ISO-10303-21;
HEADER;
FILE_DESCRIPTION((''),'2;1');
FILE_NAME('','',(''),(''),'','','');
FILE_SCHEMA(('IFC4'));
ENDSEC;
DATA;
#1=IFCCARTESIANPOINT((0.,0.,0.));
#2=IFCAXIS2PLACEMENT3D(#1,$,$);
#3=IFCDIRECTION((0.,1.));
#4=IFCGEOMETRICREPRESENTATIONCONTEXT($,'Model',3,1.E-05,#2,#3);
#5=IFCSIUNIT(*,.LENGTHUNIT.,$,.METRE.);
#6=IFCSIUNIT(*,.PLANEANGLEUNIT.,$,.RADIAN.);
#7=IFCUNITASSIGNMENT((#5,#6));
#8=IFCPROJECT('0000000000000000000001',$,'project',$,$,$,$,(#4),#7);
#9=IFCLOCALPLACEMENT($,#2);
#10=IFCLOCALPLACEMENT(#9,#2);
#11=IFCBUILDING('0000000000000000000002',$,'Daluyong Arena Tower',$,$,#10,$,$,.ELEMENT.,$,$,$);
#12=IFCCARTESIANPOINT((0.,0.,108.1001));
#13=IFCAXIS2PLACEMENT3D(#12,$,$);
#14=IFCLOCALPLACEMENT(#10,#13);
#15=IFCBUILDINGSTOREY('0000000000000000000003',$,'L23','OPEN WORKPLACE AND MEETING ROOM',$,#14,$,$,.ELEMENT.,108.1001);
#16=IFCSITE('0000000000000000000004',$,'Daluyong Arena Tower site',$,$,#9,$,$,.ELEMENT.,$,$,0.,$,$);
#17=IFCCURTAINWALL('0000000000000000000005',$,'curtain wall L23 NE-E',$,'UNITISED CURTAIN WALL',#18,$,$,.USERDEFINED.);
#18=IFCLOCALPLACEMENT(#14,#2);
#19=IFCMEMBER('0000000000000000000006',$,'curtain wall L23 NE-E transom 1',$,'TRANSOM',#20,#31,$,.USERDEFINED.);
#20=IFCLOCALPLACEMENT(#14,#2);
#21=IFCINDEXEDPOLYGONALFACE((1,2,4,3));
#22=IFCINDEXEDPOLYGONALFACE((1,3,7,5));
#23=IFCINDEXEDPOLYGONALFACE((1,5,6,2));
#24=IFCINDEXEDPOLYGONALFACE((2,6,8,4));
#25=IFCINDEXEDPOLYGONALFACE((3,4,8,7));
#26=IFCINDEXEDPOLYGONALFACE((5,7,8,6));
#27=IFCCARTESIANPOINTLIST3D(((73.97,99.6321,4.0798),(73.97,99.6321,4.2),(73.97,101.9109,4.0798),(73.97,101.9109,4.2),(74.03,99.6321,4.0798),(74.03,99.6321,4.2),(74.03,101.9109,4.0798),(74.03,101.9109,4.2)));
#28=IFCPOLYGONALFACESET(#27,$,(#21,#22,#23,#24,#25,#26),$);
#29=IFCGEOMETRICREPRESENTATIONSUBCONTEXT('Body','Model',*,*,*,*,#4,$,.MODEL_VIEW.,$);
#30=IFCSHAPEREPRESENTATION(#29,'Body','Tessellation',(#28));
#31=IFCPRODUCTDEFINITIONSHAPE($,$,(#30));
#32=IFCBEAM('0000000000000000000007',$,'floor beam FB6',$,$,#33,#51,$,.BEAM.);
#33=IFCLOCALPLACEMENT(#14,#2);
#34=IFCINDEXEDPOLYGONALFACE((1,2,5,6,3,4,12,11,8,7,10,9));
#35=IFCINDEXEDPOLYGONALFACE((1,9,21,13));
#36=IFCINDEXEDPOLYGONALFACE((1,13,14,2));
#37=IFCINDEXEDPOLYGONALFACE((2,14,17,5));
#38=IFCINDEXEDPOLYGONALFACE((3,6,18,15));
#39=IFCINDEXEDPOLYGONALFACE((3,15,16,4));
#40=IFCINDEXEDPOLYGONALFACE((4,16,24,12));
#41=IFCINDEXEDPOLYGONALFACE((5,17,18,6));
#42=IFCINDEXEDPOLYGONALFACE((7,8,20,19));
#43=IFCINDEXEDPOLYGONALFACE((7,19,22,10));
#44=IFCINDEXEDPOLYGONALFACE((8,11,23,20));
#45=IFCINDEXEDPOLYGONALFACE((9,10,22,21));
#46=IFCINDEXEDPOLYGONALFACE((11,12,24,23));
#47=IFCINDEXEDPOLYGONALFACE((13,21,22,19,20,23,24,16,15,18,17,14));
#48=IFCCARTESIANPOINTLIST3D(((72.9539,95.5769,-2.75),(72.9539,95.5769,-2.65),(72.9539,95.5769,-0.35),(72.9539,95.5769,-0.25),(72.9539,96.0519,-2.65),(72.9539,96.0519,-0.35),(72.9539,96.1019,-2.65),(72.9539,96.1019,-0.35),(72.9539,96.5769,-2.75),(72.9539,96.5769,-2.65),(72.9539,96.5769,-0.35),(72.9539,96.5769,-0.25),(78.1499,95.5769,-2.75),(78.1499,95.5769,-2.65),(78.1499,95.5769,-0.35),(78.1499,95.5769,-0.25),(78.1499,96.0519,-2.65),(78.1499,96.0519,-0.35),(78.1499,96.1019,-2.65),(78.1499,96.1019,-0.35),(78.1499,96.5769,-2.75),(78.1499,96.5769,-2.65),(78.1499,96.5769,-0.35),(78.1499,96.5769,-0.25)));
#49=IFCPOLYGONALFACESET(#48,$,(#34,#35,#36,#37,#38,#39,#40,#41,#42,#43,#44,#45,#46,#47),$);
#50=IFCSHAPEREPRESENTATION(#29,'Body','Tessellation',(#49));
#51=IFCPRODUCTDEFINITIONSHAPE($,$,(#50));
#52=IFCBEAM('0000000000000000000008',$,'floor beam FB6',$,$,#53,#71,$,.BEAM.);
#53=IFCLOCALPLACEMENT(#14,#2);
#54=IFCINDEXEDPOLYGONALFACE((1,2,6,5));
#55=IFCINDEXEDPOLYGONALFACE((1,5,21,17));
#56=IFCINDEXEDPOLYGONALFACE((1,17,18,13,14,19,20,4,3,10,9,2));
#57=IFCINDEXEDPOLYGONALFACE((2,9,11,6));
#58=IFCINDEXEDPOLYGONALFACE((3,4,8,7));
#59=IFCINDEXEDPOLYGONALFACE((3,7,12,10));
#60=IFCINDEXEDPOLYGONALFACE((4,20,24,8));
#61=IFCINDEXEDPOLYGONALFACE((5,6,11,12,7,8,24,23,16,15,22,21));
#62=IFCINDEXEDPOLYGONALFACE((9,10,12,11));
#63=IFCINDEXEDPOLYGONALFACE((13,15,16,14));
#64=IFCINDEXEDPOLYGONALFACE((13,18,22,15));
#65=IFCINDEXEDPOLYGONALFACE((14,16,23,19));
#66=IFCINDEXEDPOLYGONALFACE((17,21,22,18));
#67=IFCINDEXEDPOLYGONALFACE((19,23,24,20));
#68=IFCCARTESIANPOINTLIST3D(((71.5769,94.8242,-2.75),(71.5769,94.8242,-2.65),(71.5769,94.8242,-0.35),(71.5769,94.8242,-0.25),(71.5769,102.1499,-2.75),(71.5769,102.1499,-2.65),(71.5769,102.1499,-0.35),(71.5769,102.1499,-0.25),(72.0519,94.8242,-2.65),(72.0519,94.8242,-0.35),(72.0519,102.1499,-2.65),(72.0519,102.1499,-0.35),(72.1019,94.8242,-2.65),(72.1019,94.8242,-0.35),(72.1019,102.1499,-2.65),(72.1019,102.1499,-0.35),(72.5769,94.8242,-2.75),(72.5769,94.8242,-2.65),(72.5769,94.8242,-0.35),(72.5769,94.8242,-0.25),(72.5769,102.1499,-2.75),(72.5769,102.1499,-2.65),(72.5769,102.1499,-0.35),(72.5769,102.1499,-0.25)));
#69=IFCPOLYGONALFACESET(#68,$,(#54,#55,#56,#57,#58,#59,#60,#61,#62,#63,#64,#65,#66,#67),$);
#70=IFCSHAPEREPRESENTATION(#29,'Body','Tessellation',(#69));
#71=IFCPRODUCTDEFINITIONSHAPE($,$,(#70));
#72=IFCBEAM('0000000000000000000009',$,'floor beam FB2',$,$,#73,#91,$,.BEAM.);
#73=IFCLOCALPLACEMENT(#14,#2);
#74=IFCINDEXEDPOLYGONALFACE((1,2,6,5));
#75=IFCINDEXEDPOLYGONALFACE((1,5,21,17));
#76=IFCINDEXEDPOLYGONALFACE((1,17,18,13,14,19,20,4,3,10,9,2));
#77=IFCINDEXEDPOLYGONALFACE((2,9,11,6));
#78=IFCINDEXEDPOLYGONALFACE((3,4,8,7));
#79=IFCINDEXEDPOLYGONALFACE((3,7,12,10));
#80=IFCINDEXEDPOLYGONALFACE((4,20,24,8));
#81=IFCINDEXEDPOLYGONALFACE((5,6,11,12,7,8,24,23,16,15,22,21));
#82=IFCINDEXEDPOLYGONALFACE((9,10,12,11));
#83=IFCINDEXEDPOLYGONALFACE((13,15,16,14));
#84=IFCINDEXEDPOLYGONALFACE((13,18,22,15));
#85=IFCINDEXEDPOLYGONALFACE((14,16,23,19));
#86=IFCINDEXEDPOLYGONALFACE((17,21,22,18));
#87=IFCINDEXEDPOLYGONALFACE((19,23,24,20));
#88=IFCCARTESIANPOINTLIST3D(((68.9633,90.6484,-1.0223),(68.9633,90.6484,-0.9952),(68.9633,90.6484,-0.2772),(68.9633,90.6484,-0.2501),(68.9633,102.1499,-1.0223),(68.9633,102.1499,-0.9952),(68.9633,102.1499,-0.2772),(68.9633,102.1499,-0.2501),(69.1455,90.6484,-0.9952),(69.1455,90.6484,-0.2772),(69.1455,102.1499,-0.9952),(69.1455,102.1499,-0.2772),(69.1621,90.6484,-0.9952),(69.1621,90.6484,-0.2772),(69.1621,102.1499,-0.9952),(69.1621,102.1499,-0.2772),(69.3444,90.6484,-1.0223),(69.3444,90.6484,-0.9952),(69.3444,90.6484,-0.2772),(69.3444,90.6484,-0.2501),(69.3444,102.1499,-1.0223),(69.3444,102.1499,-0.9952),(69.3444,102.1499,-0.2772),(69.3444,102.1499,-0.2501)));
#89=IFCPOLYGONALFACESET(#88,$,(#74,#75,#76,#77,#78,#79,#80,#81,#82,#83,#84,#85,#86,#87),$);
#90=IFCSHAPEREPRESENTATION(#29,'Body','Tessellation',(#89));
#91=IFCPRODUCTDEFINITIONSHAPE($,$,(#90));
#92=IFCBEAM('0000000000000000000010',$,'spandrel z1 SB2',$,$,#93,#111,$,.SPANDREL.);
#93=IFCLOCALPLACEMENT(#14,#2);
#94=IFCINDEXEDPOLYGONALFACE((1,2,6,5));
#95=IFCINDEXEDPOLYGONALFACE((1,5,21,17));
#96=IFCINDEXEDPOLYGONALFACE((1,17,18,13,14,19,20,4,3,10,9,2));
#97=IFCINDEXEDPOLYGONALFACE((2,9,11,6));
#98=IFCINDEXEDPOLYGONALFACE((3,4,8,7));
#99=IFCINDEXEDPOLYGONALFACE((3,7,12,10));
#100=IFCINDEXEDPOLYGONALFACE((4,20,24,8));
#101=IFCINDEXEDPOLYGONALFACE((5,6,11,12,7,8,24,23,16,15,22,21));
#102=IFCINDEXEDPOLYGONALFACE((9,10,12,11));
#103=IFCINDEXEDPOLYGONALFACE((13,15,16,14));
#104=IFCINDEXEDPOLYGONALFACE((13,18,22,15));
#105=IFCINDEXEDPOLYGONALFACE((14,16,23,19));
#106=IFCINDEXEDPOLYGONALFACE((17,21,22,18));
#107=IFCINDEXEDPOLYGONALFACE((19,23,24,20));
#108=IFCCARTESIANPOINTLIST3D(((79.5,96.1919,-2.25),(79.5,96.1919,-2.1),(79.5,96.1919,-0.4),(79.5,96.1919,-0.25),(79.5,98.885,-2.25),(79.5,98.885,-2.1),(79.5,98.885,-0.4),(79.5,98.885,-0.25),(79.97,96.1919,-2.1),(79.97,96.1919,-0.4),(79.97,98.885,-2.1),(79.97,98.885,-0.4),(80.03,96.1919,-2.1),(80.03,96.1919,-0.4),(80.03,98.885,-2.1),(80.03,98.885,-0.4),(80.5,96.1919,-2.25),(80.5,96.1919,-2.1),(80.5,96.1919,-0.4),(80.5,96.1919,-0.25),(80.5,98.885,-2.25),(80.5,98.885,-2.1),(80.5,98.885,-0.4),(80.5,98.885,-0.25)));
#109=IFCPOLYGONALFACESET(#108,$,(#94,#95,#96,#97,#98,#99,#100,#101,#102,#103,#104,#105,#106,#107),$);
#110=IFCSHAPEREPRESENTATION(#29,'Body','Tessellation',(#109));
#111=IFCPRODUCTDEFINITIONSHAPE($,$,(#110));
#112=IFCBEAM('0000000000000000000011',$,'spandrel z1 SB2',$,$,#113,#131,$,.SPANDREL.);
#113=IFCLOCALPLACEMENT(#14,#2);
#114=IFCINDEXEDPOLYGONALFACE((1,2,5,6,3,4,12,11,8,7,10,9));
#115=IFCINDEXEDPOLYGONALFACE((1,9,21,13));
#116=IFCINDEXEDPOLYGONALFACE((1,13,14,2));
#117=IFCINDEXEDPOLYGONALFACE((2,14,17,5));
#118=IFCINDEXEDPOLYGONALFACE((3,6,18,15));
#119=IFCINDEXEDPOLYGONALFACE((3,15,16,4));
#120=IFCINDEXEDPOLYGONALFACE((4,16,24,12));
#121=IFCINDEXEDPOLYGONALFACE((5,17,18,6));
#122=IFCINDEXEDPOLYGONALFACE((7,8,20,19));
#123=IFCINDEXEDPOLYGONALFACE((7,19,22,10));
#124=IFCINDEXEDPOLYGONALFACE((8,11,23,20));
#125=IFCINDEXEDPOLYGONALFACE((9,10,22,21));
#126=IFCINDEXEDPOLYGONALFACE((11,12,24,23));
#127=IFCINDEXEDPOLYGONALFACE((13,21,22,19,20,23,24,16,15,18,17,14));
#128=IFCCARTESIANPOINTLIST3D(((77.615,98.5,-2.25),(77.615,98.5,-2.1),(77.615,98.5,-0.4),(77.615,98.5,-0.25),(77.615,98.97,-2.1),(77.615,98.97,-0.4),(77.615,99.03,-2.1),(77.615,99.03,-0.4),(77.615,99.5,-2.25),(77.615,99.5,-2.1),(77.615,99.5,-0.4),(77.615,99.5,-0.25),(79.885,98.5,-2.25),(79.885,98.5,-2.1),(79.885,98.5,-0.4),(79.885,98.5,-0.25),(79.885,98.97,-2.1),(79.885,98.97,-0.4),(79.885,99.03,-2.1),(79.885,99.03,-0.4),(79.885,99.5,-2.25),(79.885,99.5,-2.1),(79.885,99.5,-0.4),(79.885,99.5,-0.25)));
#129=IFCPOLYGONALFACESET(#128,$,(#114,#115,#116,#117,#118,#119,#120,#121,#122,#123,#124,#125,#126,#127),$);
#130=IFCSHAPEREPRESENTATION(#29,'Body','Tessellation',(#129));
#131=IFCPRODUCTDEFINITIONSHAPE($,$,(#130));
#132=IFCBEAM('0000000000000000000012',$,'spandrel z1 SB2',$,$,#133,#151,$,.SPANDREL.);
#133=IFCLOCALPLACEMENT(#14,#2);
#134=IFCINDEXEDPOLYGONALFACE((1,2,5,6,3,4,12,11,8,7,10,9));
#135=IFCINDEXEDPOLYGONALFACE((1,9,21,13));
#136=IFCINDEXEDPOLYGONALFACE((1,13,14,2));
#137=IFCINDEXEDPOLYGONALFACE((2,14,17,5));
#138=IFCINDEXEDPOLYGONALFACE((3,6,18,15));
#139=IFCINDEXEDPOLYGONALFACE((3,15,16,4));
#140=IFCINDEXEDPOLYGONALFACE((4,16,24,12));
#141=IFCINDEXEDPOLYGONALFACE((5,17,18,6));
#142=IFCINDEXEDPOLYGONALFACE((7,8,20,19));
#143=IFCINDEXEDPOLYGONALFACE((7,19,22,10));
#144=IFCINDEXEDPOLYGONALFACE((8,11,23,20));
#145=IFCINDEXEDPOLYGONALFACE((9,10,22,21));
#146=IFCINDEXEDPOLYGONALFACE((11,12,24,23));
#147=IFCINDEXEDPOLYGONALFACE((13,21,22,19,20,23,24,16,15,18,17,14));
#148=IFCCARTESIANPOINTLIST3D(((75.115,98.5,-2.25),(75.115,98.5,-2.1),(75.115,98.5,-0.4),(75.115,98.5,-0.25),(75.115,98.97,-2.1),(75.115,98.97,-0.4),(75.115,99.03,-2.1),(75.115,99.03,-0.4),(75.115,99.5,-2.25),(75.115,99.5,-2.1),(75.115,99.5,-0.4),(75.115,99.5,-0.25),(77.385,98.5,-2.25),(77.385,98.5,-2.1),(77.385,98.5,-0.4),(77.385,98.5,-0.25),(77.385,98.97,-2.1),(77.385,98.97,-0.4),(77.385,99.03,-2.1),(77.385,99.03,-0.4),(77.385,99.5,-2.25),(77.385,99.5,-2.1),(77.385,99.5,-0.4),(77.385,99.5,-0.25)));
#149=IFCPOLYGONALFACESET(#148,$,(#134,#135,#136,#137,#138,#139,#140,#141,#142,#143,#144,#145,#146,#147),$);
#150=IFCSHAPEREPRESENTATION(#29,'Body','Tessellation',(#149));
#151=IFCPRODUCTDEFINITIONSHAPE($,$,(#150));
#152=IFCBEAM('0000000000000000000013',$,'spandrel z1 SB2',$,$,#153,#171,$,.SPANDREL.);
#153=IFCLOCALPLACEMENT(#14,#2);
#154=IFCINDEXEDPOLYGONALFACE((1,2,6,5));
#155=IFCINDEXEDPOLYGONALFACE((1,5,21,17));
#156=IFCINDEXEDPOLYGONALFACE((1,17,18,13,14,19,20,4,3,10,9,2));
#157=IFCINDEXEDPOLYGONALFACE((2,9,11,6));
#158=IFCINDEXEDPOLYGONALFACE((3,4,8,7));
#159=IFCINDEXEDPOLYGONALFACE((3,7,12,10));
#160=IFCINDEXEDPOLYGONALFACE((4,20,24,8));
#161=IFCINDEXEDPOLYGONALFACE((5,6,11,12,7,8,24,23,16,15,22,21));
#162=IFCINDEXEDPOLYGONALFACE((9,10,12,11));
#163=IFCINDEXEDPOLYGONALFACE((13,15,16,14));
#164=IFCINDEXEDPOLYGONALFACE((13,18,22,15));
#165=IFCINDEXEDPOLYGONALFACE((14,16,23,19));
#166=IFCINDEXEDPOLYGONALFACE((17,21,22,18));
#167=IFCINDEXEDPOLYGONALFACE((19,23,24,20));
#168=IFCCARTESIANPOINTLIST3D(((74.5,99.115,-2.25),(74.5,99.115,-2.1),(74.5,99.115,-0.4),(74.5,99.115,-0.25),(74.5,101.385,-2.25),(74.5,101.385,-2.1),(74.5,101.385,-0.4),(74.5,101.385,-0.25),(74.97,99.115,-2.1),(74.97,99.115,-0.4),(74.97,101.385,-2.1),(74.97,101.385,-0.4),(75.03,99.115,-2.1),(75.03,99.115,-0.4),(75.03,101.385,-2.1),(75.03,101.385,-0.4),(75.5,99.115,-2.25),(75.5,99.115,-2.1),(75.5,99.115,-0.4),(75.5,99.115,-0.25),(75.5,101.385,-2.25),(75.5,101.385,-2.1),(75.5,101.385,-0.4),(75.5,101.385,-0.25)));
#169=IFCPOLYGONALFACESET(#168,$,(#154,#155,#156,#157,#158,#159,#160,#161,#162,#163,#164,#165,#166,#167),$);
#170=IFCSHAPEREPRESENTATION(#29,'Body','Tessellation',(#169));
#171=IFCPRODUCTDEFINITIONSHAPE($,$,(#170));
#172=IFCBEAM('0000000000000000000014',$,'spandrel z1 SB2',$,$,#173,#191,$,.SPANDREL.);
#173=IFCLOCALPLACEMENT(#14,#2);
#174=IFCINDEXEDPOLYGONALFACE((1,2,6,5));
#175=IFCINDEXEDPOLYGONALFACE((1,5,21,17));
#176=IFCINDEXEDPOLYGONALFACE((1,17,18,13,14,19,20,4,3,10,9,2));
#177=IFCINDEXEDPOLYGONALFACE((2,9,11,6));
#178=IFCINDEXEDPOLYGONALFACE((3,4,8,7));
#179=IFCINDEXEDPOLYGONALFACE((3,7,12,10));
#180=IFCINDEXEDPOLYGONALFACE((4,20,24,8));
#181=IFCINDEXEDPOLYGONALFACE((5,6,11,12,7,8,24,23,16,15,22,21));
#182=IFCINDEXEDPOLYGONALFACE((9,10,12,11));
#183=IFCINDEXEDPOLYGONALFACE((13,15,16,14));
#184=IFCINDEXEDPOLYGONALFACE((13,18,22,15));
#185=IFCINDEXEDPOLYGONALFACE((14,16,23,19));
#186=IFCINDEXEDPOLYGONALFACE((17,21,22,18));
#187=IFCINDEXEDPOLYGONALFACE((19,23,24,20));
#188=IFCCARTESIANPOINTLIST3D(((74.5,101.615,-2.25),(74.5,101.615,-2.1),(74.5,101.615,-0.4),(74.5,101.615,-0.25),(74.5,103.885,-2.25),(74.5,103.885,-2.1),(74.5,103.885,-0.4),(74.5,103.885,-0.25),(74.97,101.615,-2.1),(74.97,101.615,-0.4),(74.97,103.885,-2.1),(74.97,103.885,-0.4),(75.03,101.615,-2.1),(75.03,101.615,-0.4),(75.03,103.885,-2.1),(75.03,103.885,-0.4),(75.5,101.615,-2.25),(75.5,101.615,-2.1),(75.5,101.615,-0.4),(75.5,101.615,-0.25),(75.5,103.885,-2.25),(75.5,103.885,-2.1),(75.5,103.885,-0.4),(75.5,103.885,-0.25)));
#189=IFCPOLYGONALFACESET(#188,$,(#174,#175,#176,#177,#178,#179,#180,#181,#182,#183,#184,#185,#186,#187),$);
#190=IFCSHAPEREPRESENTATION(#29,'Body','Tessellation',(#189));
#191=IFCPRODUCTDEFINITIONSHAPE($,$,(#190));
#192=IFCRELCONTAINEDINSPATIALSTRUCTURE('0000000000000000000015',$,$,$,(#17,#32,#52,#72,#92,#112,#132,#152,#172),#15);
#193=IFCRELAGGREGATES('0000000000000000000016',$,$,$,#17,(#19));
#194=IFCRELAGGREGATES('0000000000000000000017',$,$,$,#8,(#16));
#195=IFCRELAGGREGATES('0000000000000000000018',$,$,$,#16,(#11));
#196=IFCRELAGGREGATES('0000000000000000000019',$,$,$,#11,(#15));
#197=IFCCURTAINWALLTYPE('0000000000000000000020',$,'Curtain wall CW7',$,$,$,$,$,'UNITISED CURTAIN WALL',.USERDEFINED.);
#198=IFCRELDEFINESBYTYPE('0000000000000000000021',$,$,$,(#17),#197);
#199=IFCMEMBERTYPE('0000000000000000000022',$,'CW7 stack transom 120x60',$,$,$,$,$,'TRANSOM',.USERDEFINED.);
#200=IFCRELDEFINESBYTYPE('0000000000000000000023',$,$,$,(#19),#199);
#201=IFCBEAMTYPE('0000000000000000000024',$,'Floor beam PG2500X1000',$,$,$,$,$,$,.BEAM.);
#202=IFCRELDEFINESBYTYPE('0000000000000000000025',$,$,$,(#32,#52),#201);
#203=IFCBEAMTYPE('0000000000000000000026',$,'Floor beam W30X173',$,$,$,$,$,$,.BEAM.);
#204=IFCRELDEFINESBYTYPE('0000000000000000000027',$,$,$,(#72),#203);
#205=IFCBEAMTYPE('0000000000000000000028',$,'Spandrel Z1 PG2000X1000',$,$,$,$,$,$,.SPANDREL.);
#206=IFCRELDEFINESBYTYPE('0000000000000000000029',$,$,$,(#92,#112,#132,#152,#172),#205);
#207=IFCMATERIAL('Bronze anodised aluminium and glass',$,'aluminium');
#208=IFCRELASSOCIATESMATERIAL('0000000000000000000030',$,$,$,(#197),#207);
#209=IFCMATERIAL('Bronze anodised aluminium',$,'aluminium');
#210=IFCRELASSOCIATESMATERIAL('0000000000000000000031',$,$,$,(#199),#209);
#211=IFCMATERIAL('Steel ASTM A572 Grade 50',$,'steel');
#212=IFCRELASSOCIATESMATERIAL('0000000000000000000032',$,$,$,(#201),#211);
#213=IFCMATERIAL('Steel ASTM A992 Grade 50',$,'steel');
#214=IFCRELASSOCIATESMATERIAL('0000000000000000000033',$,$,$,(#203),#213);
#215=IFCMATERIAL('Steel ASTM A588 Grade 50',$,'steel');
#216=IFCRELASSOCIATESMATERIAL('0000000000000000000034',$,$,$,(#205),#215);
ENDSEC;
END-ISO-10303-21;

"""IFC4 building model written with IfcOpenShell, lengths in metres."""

from ifc_helpers import new_model, si_unit, direction, frame, origin, origin_2d, place, context, subcontext, project, spatial, rectangle, i_section, extrude, material, material_profile, profile_set, type_object, element, aggregate, save


model = new_model("IFC4")

# Units and contexts
model_context = context("Model", 3, precision=1e-05, world=origin(), true_north=direction((0.0, 1.0)))
body_context = subcontext(model_context, "Body", "Model", "MODEL_VIEW")
ifc_project = project(units=[si_unit("LENGTHUNIT", "METRE"), si_unit("PLANEANGLEUNIT", "RADIAN")], contexts=[model_context])

# Site, building, storey
site_placement = place(None, origin())
site = spatial("IfcSite", under=ifc_project, at=site_placement, Name="Daluyong Arena Tower site", CompositionType="ELEMENT", RefElevation=0.0)
building_placement = place(site_placement, origin())
building = spatial("IfcBuilding", under=site, at=building_placement, Name="Daluyong Arena Tower", CompositionType="ELEMENT")
storey_placement = place(building_placement, frame((0.0, 0.0, 108.1001)))
storey = spatial("IfcBuildingStorey", under=building, at=storey_placement, Name="L23", Description="OPEN WORKPLACE AND MEETING ROOM", CompositionType="ELEMENT", Elevation=108.1001)

# Curtain wall
ifc_material_1 = material(Name="Bronze anodised aluminium and glass", Category="aluminium")
curtain_wall_type_1 = type_object("IfcCurtainWallType", Name="Curtain wall CW7", ElementType="UNITISED CURTAIN WALL", PredefinedType="USERDEFINED", material=ifc_material_1)
curtain_wall_1_placement = place(storey_placement, origin())
curtain_wall_1 = element("IfcCurtainWall", 1, at=curtain_wall_1_placement, inside=storey, type_object=curtain_wall_type_1, Name="curtain wall L23 NE-E", ObjectType="UNITISED CURTAIN WALL", PredefinedType="USERDEFINED")

# Member
ifc_material_2 = material(Name="Bronze anodised aluminium", Category="aluminium")
ifc_material_profile_1 = material_profile(ifc_material_2, rectangle(XDim=0.0601, YDim=0.1201, at=origin_2d()))
ifc_profile_set_1 = profile_set([ifc_material_profile_1], Name="Bronze anodised aluminium")
member_type_1 = type_object("IfcMemberType", Name="CW7 stack transom 120x60", ElementType="TRANSOM", PredefinedType="USERDEFINED", material=ifc_profile_set_1)
member_1_placement = place(storey_placement, frame((74.0, 99.6321, 4.1399), z_axis=(0.0, 1.0, 0.0), x_axis=(-1.0, 0.0, 0.0)))
member_1 = element("IfcMember", 2, at=member_1_placement, type_object=member_type_1, Name="curtain wall L23 NE-E transom 1", ObjectType="TRANSOM", PredefinedType="USERDEFINED", context=body_context, shape_type="SweptSolid", body=[
    extrude(rectangle(XDim=0.0601, YDim=0.1201, at=origin_2d()), origin(), (0.0, 0.0, 1.0), 2.2788),
])

# Beams
ifc_material_3 = material(Name="Steel ASTM A572 Grade 50", Category="steel")
ifc_material_profile_2 = material_profile(ifc_material_3, i_section(OverallWidth=1.0, OverallDepth=2.5, WebThickness=0.05, FlangeThickness=0.1, at=origin_2d()))
ifc_profile_set_2 = profile_set([ifc_material_profile_2], Name="Steel ASTM A572 Grade 50")
beam_type_1 = type_object("IfcBeamType", Name="Floor beam PG2500X1000", PredefinedType="BEAM", material=ifc_profile_set_2)
beam_1_placement = place(storey_placement, frame((78.1499, 96.0769, -1.5), z_axis=(-1.0, 0.0, 0.0), x_axis=(0.0, -1.0, 0.0)))
element("IfcBeam", 3, at=beam_1_placement, inside=storey, type_object=beam_type_1, Name="floor beam FB6", PredefinedType="BEAM", context=body_context, shape_type="SweptSolid", body=[
    extrude(i_section(OverallWidth=1.0, OverallDepth=2.5, WebThickness=0.05, FlangeThickness=0.1, at=origin_2d()), origin(), (0.0, 0.0, 1.0), 5.196),
])
beam_2_placement = place(storey_placement, frame((72.0769, 102.1499, -1.5), z_axis=(0.0, -1.0, 0.0), x_axis=(1.0, 0.0, 0.0)))
element("IfcBeam", 4, at=beam_2_placement, inside=storey, type_object=beam_type_1, Name="floor beam FB6", PredefinedType="BEAM", context=body_context, shape_type="SweptSolid", body=[
    extrude(i_section(OverallWidth=1.0, OverallDepth=2.5, WebThickness=0.05, FlangeThickness=0.1, at=origin_2d()), origin(), (0.0, 0.0, 1.0), 7.3257),
])
ifc_material_4 = material(Name="Steel ASTM A992 Grade 50", Category="steel")
ifc_material_profile_3 = material_profile(ifc_material_4, i_section(OverallWidth=0.3811, OverallDepth=0.7722, WebThickness=0.0166, FlangeThickness=0.0271, at=origin_2d()))
ifc_profile_set_3 = profile_set([ifc_material_profile_3], Name="Steel ASTM A992 Grade 50")
beam_type_2 = type_object("IfcBeamType", Name="Floor beam W30X173", PredefinedType="BEAM", material=ifc_profile_set_3)
beam_3_placement = place(storey_placement, frame((69.1538, 102.1499, -0.6362), z_axis=(0.0, -1.0, 0.0), x_axis=(1.0, 0.0, 0.0)))
element("IfcBeam", 5, at=beam_3_placement, inside=storey, type_object=beam_type_2, Name="floor beam FB2", PredefinedType="BEAM", context=body_context, shape_type="SweptSolid", body=[
    extrude(i_section(OverallWidth=0.3811, OverallDepth=0.7722, WebThickness=0.0166, FlangeThickness=0.0271, at=origin_2d()), origin(), (0.0, 0.0, 1.0), 11.5015),
])
ifc_material_5 = material(Name="Steel ASTM A588 Grade 50", Category="steel")
ifc_material_profile_4 = material_profile(ifc_material_5, i_section(OverallWidth=1.0, OverallDepth=2.0, WebThickness=0.06, FlangeThickness=0.15, at=origin_2d()))
ifc_profile_set_4 = profile_set([ifc_material_profile_4], Name="Steel ASTM A588 Grade 50")
beam_type_3 = type_object("IfcBeamType", Name="Spandrel Z1 PG2000X1000", PredefinedType="SPANDREL", material=ifc_profile_set_4)
beam_4_placement = place(storey_placement, frame((80.0, 96.1919, -1.25), z_axis=(0.0, 1.0, 0.0), x_axis=(-1.0, 0.0, 0.0)))
element("IfcBeam", 6, at=beam_4_placement, inside=storey, type_object=beam_type_3, Name="spandrel z1 SB2", PredefinedType="SPANDREL", context=body_context, shape_type="SweptSolid", body=[
    extrude(i_section(OverallWidth=1.0, OverallDepth=2.0, WebThickness=0.06, FlangeThickness=0.15, at=origin_2d()), origin(), (0.0, 0.0, 1.0), 2.6931),
])
for number, where, z_axis, x_axis, name in (
    (7, (79.885, 99.0, -1.25), (-1.0, 0.0, 0.0), (0.0, -1.0, 0.0), "spandrel z1 SB2"),
    (8, (77.385, 99.0, -1.25), (-1.0, 0.0, 0.0), (0.0, -1.0, 0.0), "spandrel z1 SB2"),
    (9, (75.0, 99.115, -1.25), (0.0, 1.0, 0.0), (-1.0, 0.0, 0.0), "spandrel z1 SB2"),
    (10, (75.0, 101.615, -1.25), (0.0, 1.0, 0.0), (-1.0, 0.0, 0.0), "spandrel z1 SB2"),
):
    element("IfcBeam", number, at=place(storey_placement, frame(where, z_axis=z_axis, x_axis=x_axis)), inside=storey, type_object=beam_type_3, Name=name, PredefinedType="SPANDREL", context=body_context, shape_type="SweptSolid", body=[
        extrude(i_section(OverallWidth=1.0, OverallDepth=2.0, WebThickness=0.06, FlangeThickness=0.15, at=origin_2d()), origin(), (0.0, 0.0, 1.0), 2.27),
    ])

aggregate(curtain_wall_1, [member_1])

save(model, "model.ifc")
